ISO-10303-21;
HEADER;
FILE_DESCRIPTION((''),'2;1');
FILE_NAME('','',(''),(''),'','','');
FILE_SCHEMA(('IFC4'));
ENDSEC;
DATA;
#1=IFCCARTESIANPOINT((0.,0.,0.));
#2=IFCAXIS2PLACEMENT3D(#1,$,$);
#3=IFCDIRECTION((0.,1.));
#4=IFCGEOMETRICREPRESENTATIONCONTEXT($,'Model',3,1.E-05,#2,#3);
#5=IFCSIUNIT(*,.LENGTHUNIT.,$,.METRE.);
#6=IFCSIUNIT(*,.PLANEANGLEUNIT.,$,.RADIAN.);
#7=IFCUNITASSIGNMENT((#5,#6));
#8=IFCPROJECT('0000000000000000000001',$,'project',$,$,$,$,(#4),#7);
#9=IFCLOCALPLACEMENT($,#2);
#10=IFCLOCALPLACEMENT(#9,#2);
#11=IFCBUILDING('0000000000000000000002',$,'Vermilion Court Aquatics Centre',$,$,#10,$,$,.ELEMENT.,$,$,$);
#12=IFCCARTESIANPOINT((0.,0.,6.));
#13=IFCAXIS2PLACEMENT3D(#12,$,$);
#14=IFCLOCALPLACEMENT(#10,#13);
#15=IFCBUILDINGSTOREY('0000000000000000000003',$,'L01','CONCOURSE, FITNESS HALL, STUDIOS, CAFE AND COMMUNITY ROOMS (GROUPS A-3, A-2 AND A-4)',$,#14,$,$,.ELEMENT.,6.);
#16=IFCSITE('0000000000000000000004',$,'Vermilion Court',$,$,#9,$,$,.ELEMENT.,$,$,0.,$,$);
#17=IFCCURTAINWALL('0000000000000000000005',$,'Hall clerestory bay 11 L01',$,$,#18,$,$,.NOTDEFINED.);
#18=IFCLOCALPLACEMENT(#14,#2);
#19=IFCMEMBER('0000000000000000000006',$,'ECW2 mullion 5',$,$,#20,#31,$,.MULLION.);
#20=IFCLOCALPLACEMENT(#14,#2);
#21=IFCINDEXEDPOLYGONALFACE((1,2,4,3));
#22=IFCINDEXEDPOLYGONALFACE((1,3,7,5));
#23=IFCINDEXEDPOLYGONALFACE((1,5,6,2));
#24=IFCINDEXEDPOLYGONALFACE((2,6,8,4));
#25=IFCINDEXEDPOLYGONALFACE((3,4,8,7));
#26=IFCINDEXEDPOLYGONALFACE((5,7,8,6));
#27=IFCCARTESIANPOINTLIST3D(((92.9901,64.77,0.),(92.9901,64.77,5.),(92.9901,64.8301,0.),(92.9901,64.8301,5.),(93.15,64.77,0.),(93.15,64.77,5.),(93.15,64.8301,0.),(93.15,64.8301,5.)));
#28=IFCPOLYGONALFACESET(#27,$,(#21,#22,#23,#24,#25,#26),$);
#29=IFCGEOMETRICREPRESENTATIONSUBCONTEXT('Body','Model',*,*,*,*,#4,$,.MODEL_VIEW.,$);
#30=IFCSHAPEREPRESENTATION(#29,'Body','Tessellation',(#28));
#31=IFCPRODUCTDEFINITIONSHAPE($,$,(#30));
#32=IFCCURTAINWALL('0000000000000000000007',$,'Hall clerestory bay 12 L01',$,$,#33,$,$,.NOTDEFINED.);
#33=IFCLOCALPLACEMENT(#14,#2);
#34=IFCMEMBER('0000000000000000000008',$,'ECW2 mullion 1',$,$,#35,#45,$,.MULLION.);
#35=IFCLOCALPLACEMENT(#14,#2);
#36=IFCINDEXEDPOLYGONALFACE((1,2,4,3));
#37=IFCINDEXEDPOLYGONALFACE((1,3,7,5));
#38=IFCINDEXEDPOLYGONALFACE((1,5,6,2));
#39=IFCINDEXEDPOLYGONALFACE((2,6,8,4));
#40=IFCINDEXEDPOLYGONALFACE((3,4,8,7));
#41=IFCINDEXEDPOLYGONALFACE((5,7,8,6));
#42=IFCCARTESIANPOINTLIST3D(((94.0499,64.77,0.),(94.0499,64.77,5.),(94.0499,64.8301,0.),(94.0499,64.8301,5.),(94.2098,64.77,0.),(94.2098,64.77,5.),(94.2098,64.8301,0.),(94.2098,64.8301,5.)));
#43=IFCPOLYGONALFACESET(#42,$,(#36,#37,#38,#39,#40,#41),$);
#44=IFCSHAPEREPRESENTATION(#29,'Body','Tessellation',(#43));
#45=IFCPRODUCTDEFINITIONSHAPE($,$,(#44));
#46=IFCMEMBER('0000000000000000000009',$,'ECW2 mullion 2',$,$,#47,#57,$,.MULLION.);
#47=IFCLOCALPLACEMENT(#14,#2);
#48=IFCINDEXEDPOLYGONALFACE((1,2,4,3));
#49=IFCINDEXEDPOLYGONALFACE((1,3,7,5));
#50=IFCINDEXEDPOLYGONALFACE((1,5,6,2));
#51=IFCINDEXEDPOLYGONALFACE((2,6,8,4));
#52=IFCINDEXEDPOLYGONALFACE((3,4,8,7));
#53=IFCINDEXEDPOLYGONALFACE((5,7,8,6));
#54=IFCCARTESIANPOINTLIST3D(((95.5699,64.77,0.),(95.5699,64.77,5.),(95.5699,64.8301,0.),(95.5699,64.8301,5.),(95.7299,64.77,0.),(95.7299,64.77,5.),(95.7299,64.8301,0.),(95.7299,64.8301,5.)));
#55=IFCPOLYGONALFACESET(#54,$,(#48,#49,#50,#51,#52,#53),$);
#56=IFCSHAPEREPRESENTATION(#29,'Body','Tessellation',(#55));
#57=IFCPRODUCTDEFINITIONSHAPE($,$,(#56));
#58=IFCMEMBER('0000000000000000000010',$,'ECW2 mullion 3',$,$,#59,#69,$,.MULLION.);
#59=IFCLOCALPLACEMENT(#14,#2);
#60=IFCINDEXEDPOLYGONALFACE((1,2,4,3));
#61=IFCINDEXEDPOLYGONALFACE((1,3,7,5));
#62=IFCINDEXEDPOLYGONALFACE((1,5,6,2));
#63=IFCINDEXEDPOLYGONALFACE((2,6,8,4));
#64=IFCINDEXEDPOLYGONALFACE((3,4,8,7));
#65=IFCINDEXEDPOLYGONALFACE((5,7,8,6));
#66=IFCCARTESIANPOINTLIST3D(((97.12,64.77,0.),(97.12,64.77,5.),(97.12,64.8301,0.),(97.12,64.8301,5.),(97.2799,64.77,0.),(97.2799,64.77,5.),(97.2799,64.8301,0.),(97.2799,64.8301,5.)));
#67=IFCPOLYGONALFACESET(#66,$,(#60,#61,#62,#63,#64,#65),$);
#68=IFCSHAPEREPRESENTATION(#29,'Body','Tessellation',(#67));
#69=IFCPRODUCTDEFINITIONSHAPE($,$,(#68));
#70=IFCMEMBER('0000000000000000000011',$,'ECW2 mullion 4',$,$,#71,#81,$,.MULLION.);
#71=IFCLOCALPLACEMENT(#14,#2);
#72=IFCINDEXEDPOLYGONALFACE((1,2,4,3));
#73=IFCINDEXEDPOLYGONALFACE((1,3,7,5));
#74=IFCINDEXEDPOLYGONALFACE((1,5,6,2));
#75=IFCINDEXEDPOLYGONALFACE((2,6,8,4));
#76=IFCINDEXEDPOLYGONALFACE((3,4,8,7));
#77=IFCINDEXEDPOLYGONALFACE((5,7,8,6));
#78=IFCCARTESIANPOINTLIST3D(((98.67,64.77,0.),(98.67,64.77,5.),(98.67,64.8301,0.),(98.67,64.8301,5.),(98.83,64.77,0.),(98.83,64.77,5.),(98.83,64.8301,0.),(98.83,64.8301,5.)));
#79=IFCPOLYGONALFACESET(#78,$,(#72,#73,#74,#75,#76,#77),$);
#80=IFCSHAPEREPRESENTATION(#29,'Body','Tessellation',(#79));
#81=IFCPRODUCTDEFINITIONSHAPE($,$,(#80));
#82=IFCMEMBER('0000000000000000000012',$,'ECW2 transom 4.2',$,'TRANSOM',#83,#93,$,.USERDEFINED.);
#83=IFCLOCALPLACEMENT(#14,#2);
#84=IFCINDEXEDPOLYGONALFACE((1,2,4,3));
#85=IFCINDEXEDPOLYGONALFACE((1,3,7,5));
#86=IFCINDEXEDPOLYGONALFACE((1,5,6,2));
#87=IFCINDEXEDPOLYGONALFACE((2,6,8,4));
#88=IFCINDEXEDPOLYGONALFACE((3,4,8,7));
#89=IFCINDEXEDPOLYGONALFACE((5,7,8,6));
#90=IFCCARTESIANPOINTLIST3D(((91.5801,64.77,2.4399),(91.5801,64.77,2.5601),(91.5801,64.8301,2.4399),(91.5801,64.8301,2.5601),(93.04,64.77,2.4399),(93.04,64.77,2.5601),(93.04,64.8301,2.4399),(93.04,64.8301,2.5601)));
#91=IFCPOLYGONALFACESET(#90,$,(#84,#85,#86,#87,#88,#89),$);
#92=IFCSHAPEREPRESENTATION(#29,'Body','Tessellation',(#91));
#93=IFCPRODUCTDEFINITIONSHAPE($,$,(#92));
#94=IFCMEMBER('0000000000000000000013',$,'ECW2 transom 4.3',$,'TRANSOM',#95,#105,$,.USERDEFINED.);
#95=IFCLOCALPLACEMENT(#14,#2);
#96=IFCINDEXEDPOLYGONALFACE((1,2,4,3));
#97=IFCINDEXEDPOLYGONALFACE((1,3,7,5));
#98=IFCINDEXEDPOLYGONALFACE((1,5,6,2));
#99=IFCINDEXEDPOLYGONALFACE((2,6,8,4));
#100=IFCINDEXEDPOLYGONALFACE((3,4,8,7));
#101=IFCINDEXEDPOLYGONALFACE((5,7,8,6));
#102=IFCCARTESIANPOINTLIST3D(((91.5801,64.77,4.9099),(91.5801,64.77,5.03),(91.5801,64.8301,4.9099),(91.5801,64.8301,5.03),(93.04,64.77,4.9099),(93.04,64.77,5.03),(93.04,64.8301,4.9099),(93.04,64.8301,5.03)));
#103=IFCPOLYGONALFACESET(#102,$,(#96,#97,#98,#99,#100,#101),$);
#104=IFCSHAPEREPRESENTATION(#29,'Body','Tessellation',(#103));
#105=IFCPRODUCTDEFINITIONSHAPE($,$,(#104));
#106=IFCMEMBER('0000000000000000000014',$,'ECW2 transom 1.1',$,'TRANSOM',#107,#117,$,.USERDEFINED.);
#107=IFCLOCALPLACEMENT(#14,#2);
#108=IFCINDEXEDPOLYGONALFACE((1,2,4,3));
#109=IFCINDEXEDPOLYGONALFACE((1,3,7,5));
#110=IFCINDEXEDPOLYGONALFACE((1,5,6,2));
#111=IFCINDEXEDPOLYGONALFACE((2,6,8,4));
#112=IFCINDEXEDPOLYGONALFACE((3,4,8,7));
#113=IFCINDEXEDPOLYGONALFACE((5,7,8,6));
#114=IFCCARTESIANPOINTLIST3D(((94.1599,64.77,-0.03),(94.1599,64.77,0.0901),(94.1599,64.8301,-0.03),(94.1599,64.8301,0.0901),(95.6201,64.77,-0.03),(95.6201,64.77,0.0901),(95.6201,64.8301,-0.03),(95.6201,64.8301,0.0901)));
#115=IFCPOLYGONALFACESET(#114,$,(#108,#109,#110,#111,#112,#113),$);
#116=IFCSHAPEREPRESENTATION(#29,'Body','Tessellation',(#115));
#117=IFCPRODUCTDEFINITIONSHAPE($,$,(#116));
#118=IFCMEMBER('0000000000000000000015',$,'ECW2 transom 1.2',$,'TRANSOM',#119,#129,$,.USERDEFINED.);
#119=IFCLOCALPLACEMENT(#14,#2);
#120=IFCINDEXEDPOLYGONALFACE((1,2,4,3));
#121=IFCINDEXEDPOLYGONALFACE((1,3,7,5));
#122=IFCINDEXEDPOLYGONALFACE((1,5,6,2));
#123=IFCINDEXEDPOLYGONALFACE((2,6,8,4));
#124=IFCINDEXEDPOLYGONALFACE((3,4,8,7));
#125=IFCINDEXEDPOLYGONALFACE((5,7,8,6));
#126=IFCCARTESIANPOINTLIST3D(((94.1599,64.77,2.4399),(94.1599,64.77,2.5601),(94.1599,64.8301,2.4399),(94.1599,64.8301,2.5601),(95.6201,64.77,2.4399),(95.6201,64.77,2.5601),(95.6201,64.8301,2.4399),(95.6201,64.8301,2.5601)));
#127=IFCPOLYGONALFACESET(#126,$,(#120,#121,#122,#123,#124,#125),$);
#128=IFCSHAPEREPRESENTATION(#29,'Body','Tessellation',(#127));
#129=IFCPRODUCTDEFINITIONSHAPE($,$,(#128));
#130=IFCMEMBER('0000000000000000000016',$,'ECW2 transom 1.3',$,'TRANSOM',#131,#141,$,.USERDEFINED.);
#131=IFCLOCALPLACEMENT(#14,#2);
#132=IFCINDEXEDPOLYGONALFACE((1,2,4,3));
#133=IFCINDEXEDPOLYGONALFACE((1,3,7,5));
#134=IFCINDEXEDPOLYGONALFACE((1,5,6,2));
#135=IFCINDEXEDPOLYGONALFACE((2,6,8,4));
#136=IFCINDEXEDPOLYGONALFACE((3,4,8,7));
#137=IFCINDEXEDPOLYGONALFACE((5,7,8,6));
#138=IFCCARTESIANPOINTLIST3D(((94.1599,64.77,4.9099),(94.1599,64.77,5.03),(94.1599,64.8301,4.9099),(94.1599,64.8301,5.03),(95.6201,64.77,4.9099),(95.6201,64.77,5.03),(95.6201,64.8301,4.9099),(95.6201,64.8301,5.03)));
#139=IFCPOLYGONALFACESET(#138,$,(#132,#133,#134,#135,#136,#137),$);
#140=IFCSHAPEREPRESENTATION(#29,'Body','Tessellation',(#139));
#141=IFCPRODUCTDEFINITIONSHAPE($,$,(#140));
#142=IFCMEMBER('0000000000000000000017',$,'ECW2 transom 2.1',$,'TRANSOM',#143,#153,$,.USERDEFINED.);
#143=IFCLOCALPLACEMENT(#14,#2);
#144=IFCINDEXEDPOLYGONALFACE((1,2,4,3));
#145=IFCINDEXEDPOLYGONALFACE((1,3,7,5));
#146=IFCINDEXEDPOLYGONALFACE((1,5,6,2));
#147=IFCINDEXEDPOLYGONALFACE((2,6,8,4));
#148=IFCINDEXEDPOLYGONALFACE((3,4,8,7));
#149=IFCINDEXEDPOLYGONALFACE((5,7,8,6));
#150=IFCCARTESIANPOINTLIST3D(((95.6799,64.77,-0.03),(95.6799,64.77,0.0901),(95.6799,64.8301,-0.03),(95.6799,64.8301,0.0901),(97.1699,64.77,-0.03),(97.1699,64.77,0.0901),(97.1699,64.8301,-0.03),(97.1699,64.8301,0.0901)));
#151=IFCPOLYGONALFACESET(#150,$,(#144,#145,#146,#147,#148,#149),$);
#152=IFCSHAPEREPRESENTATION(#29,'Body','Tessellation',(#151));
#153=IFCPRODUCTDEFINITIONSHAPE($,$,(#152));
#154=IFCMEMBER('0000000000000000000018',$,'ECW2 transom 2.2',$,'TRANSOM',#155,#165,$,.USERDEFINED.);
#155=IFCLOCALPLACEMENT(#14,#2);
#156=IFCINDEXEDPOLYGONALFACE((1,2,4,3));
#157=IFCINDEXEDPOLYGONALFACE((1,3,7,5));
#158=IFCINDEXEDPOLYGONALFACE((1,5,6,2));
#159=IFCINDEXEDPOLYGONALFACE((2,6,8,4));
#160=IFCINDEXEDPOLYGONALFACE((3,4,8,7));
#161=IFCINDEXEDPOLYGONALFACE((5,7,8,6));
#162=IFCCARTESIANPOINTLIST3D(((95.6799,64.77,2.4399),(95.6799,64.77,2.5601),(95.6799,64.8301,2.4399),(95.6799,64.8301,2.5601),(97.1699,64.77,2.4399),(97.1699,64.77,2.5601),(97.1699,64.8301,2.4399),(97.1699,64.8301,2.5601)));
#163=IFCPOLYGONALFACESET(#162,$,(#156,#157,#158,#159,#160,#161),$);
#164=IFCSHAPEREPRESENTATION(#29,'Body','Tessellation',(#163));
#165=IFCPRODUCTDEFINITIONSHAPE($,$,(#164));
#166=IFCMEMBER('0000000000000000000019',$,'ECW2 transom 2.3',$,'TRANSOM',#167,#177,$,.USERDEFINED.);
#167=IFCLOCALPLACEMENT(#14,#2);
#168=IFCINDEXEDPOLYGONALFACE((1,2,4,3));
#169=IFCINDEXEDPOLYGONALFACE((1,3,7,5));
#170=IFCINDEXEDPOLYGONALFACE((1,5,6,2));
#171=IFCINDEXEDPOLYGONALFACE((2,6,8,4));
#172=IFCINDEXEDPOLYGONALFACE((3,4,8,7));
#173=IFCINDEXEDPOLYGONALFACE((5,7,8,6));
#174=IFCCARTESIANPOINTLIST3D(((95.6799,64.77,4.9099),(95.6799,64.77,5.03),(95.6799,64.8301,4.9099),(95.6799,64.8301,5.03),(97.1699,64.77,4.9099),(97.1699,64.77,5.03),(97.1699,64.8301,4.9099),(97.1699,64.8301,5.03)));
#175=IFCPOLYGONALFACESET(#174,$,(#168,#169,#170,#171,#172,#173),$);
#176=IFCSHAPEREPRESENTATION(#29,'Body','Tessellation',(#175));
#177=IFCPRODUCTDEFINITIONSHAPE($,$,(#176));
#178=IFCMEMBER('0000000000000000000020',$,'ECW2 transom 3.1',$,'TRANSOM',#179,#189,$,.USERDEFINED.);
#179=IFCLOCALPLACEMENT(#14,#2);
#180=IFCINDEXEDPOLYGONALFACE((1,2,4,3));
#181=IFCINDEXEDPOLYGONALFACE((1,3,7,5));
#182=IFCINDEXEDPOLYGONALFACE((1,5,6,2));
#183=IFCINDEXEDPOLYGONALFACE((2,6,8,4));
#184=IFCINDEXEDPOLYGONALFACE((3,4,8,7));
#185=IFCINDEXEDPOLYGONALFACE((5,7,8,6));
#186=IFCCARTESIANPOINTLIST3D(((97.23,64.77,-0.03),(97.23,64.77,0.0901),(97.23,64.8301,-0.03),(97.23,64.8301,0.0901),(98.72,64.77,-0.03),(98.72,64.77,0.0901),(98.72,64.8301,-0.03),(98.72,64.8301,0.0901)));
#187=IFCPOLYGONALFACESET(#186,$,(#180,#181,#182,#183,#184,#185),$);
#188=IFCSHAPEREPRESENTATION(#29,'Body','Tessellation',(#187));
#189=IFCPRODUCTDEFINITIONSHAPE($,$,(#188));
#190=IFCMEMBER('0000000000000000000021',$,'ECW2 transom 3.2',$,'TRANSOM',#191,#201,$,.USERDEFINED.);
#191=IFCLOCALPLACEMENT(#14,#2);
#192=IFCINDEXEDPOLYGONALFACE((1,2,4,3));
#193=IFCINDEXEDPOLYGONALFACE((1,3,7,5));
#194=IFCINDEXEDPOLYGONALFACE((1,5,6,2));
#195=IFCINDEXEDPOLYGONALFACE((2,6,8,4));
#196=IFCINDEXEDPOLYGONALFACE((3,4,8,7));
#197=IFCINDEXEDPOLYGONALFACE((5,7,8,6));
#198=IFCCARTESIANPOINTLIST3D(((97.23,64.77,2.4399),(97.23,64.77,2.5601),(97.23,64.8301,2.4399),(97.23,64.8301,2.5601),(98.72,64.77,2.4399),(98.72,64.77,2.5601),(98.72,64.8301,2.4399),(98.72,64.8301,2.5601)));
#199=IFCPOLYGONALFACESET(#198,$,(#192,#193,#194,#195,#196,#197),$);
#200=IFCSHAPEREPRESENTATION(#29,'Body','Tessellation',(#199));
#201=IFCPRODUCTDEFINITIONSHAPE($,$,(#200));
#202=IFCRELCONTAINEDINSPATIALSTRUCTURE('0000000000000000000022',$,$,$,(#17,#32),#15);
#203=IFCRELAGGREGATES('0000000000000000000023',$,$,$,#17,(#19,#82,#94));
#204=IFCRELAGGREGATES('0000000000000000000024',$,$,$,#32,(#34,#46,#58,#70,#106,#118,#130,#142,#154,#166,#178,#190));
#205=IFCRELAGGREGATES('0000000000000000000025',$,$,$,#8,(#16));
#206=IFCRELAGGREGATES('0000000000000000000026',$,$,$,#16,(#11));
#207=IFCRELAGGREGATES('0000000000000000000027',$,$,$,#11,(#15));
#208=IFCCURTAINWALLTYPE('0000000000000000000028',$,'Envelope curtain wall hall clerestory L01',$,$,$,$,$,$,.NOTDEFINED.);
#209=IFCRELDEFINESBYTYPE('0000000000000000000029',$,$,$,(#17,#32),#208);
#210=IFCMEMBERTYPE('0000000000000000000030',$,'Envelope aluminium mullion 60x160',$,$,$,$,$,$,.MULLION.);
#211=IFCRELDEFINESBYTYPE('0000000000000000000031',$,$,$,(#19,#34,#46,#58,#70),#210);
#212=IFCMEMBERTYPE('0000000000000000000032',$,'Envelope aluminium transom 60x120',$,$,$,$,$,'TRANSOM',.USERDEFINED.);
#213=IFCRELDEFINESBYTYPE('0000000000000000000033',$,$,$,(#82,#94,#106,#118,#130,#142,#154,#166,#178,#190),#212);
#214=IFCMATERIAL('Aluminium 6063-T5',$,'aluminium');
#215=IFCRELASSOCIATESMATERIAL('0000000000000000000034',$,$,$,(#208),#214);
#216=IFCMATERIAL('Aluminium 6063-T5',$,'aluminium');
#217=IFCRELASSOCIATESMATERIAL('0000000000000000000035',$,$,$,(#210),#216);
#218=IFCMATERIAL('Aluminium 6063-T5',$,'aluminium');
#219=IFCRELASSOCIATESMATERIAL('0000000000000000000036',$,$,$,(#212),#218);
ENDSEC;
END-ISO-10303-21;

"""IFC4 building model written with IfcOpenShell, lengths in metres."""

from ifc_helpers import new_model, si_unit, direction, frame, origin, origin_2d, place, context, subcontext, project, spatial, rectangle, extrude, material, material_profile, profile_set, type_object, element, aggregate, save


model = new_model("IFC4")

# Units and contexts
model_context = context("Model", 3, precision=1e-05, world=origin(), true_north=direction((0.0, 1.0)))
body_context = subcontext(model_context, "Body", "Model", "MODEL_VIEW")
ifc_project = project(units=[si_unit("LENGTHUNIT", "METRE"), si_unit("PLANEANGLEUNIT", "RADIAN")], contexts=[model_context])

# Site, building, storey
site_placement = place(None, origin())
site = spatial("IfcSite", under=ifc_project, at=site_placement, Name="Vermilion Court", CompositionType="ELEMENT", RefElevation=0.0)
building_placement = place(site_placement, origin())
building = spatial("IfcBuilding", under=site, at=building_placement, Name="Vermilion Court Aquatics Centre", CompositionType="ELEMENT")
storey_placement = place(building_placement, frame((0.0, 0.0, 6.0)))
storey = spatial("IfcBuildingStorey", under=building, at=storey_placement, Name="L01", Description="CONCOURSE, FITNESS HALL, STUDIOS, CAFE AND COMMUNITY ROOMS (GROUPS A-3, A-2 AND A-4)", CompositionType="ELEMENT", Elevation=6.0)

# Curtain wall, member
ifc_material_1 = material(Name="Aluminium 6063-T5", Category="aluminium")
curtain_wall_type = type_object("IfcCurtainWallType", Name="Envelope curtain wall hall clerestory L01", PredefinedType="NOTDEFINED", material=ifc_material_1)
curtain_wall_1_placement = place(storey_placement, origin())
curtain_wall_1 = element("IfcCurtainWall", 1, at=curtain_wall_1_placement, inside=storey, type_object=curtain_wall_type, Name="Hall clerestory bay 11 L01", PredefinedType="NOTDEFINED")
ifc_material_2 = material(Name="Aluminium 6063-T5", Category="aluminium")
ifc_material_profile_1 = material_profile(ifc_material_2, rectangle(XDim=0.0601, YDim=0.1599, at=origin_2d()), Name="AL 60x160")
ifc_profile_set_1 = profile_set([ifc_material_profile_1], Name="Aluminium 6063-T5")
member_type_1 = type_object("IfcMemberType", Name="Envelope aluminium mullion 60x160", PredefinedType="MULLION", material=ifc_profile_set_1)
member_1_placement = place(storey_placement, frame((93.0701, 64.8, 0.0), z_axis=(0.0, 0.0, 1.0), x_axis=(0.0, 1.0, 0.0)))
member_1 = element("IfcMember", 2, at=member_1_placement, type_object=member_type_1, Name="ECW2 mullion 5", PredefinedType="MULLION", context=body_context, shape_type="SweptSolid", body=[
    extrude(rectangle(XDim=0.0601, YDim=0.1599, at=origin_2d()), origin(), (0.0, 0.0, 1.0), 5.0),
])

# Curtain wall, members
curtain_wall_2_placement = place(storey_placement, origin())
curtain_wall_2 = element("IfcCurtainWall", 3, at=curtain_wall_2_placement, inside=storey, type_object=curtain_wall_type, Name="Hall clerestory bay 12 L01", PredefinedType="NOTDEFINED")
member_2_placement = place(storey_placement, frame((94.1299, 64.8, 0.0), z_axis=(0.0, 0.0, 1.0), x_axis=(0.0, 1.0, 0.0)))
member_2 = element("IfcMember", 4, at=member_2_placement, type_object=member_type_1, Name="ECW2 mullion 1", PredefinedType="MULLION", context=body_context, shape_type="SweptSolid", body=[
    extrude(rectangle(XDim=0.0601, YDim=0.1599, at=origin_2d()), origin(), (0.0, 0.0, 1.0), 5.0),
])
member_3_placement = place(storey_placement, frame((95.6499, 64.8, 0.0), z_axis=(0.0, 0.0, 1.0), x_axis=(0.0, 1.0, 0.0)))
member_3 = element("IfcMember", 5, at=member_3_placement, type_object=member_type_1, Name="ECW2 mullion 2", PredefinedType="MULLION", context=body_context, shape_type="SweptSolid", body=[
    extrude(rectangle(XDim=0.0601, YDim=0.1599, at=origin_2d()), origin(), (0.0, 0.0, 1.0), 5.0),
])
member_4_placement = place(storey_placement, frame((97.2, 64.8, 0.0), z_axis=(0.0, 0.0, 1.0), x_axis=(0.0, 1.0, 0.0)))
member_4 = element("IfcMember", 6, at=member_4_placement, type_object=member_type_1, Name="ECW2 mullion 3", PredefinedType="MULLION", context=body_context, shape_type="SweptSolid", body=[
    extrude(rectangle(XDim=0.0601, YDim=0.1599, at=origin_2d()), origin(), (0.0, 0.0, 1.0), 5.0),
])
member_5_placement = place(storey_placement, frame((98.75, 64.8, 0.0), z_axis=(0.0, 0.0, 1.0), x_axis=(0.0, 1.0, 0.0)))
member_5 = element("IfcMember", 7, at=member_5_placement, type_object=member_type_1, Name="ECW2 mullion 4", PredefinedType="MULLION", context=body_context, shape_type="SweptSolid", body=[
    extrude(rectangle(XDim=0.0601, YDim=0.1599, at=origin_2d()), origin(), (0.0, 0.0, 1.0), 5.0),
])

# Members
ifc_material_3 = material(Name="Aluminium 6063-T5", Category="aluminium")
ifc_material_profile_2 = material_profile(ifc_material_3, rectangle(XDim=0.0601, YDim=0.1201, at=origin_2d()), Name="AL 60x120")
ifc_profile_set_2 = profile_set([ifc_material_profile_2], Name="Aluminium 6063-T5")
member_type_2 = type_object("IfcMemberType", Name="Envelope aluminium transom 60x120", ElementType="TRANSOM", PredefinedType="USERDEFINED", material=ifc_profile_set_2)
member_6_placement = place(storey_placement, frame((91.5801, 64.8, 2.5), z_axis=(1.0, 0.0, 0.0), x_axis=(0.0, 1.0, 0.0)))
member_6 = element("IfcMember", 8, at=member_6_placement, type_object=member_type_2, Name="ECW2 transom 4.2", ObjectType="TRANSOM", PredefinedType="USERDEFINED", context=body_context, shape_type="SweptSolid", body=[
    extrude(rectangle(XDim=0.0601, YDim=0.1201, at=origin_2d()), origin(), (0.0, 0.0, 1.0), 1.46),
])
member_7_placement = place(storey_placement, frame((91.5801, 64.8, 4.97), z_axis=(1.0, 0.0, 0.0), x_axis=(0.0, 1.0, 0.0)))
member_7 = element("IfcMember", 9, at=member_7_placement, type_object=member_type_2, Name="ECW2 transom 4.3", ObjectType="TRANSOM", PredefinedType="USERDEFINED", context=body_context, shape_type="SweptSolid", body=[
    extrude(rectangle(XDim=0.0601, YDim=0.1201, at=origin_2d()), origin(), (0.0, 0.0, 1.0), 1.46),
])
member_8_placement = place(storey_placement, frame((94.1599, 64.8, 0.03), z_axis=(1.0, 0.0, 0.0), x_axis=(0.0, 1.0, 0.0)))
member_8 = element("IfcMember", 10, at=member_8_placement, type_object=member_type_2, Name="ECW2 transom 1.1", ObjectType="TRANSOM", PredefinedType="USERDEFINED", context=body_context, shape_type="SweptSolid", body=[
    extrude(rectangle(XDim=0.0601, YDim=0.1201, at=origin_2d()), origin(), (0.0, 0.0, 1.0), 1.4602),
])
member_9_placement = place(storey_placement, frame((94.1599, 64.8, 2.5), z_axis=(1.0, 0.0, 0.0), x_axis=(0.0, 1.0, 0.0)))
member_9 = element("IfcMember", 11, at=member_9_placement, type_object=member_type_2, Name="ECW2 transom 1.2", ObjectType="TRANSOM", PredefinedType="USERDEFINED", context=body_context, shape_type="SweptSolid", body=[
    extrude(rectangle(XDim=0.0601, YDim=0.1201, at=origin_2d()), origin(), (0.0, 0.0, 1.0), 1.4602),
])
member_10_placement = place(storey_placement, frame((94.1599, 64.8, 4.97), z_axis=(1.0, 0.0, 0.0), x_axis=(0.0, 1.0, 0.0)))
member_10 = element("IfcMember", 12, at=member_10_placement, type_object=member_type_2, Name="ECW2 transom 1.3", ObjectType="TRANSOM", PredefinedType="USERDEFINED", context=body_context, shape_type="SweptSolid", body=[
    extrude(rectangle(XDim=0.0601, YDim=0.1201, at=origin_2d()), origin(), (0.0, 0.0, 1.0), 1.4602),
])
member_11_placement = place(storey_placement, frame((95.6799, 64.8, 0.03), z_axis=(1.0, 0.0, 0.0), x_axis=(0.0, 1.0, 0.0)))
member_11 = element("IfcMember", 13, at=member_11_placement, type_object=member_type_2, Name="ECW2 transom 2.1", ObjectType="TRANSOM", PredefinedType="USERDEFINED", context=body_context, shape_type="SweptSolid", body=[
    extrude(rectangle(XDim=0.0601, YDim=0.1201, at=origin_2d()), origin(), (0.0, 0.0, 1.0), 1.49),
])
member_12_placement = place(storey_placement, frame((95.6799, 64.8, 2.5), z_axis=(1.0, 0.0, 0.0), x_axis=(0.0, 1.0, 0.0)))
member_12 = element("IfcMember", 14, at=member_12_placement, type_object=member_type_2, Name="ECW2 transom 2.2", ObjectType="TRANSOM", PredefinedType="USERDEFINED", context=body_context, shape_type="SweptSolid", body=[
    extrude(rectangle(XDim=0.0601, YDim=0.1201, at=origin_2d()), origin(), (0.0, 0.0, 1.0), 1.49),
])
member_13_placement = place(storey_placement, frame((95.6799, 64.8, 4.97), z_axis=(1.0, 0.0, 0.0), x_axis=(0.0, 1.0, 0.0)))
member_13 = element("IfcMember", 15, at=member_13_placement, type_object=member_type_2, Name="ECW2 transom 2.3", ObjectType="TRANSOM", PredefinedType="USERDEFINED", context=body_context, shape_type="SweptSolid", body=[
    extrude(rectangle(XDim=0.0601, YDim=0.1201, at=origin_2d()), origin(), (0.0, 0.0, 1.0), 1.49),
])
member_14_placement = place(storey_placement, frame((97.23, 64.8, 0.03), z_axis=(1.0, 0.0, 0.0), x_axis=(0.0, 1.0, 0.0)))
member_14 = element("IfcMember", 16, at=member_14_placement, type_object=member_type_2, Name="ECW2 transom 3.1", ObjectType="TRANSOM", PredefinedType="USERDEFINED", context=body_context, shape_type="SweptSolid", body=[
    extrude(rectangle(XDim=0.0601, YDim=0.1201, at=origin_2d()), origin(), (0.0, 0.0, 1.0), 1.49),
])
member_15_placement = place(storey_placement, frame((97.23, 64.8, 2.5), z_axis=(1.0, 0.0, 0.0), x_axis=(0.0, 1.0, 0.0)))
member_15 = element("IfcMember", 17, at=member_15_placement, type_object=member_type_2, Name="ECW2 transom 3.2", ObjectType="TRANSOM", PredefinedType="USERDEFINED", context=body_context, shape_type="SweptSolid", body=[
    extrude(rectangle(XDim=0.0601, YDim=0.1201, at=origin_2d()), origin(), (0.0, 0.0, 1.0), 1.49),
])

aggregate(curtain_wall_1, [member_1, member_6, member_7])
aggregate(curtain_wall_2, [member_2, member_3, member_4, member_5, member_8, member_9, member_10, member_11, member_12, member_13, member_14, member_15])

save(model, "model.ifc")
